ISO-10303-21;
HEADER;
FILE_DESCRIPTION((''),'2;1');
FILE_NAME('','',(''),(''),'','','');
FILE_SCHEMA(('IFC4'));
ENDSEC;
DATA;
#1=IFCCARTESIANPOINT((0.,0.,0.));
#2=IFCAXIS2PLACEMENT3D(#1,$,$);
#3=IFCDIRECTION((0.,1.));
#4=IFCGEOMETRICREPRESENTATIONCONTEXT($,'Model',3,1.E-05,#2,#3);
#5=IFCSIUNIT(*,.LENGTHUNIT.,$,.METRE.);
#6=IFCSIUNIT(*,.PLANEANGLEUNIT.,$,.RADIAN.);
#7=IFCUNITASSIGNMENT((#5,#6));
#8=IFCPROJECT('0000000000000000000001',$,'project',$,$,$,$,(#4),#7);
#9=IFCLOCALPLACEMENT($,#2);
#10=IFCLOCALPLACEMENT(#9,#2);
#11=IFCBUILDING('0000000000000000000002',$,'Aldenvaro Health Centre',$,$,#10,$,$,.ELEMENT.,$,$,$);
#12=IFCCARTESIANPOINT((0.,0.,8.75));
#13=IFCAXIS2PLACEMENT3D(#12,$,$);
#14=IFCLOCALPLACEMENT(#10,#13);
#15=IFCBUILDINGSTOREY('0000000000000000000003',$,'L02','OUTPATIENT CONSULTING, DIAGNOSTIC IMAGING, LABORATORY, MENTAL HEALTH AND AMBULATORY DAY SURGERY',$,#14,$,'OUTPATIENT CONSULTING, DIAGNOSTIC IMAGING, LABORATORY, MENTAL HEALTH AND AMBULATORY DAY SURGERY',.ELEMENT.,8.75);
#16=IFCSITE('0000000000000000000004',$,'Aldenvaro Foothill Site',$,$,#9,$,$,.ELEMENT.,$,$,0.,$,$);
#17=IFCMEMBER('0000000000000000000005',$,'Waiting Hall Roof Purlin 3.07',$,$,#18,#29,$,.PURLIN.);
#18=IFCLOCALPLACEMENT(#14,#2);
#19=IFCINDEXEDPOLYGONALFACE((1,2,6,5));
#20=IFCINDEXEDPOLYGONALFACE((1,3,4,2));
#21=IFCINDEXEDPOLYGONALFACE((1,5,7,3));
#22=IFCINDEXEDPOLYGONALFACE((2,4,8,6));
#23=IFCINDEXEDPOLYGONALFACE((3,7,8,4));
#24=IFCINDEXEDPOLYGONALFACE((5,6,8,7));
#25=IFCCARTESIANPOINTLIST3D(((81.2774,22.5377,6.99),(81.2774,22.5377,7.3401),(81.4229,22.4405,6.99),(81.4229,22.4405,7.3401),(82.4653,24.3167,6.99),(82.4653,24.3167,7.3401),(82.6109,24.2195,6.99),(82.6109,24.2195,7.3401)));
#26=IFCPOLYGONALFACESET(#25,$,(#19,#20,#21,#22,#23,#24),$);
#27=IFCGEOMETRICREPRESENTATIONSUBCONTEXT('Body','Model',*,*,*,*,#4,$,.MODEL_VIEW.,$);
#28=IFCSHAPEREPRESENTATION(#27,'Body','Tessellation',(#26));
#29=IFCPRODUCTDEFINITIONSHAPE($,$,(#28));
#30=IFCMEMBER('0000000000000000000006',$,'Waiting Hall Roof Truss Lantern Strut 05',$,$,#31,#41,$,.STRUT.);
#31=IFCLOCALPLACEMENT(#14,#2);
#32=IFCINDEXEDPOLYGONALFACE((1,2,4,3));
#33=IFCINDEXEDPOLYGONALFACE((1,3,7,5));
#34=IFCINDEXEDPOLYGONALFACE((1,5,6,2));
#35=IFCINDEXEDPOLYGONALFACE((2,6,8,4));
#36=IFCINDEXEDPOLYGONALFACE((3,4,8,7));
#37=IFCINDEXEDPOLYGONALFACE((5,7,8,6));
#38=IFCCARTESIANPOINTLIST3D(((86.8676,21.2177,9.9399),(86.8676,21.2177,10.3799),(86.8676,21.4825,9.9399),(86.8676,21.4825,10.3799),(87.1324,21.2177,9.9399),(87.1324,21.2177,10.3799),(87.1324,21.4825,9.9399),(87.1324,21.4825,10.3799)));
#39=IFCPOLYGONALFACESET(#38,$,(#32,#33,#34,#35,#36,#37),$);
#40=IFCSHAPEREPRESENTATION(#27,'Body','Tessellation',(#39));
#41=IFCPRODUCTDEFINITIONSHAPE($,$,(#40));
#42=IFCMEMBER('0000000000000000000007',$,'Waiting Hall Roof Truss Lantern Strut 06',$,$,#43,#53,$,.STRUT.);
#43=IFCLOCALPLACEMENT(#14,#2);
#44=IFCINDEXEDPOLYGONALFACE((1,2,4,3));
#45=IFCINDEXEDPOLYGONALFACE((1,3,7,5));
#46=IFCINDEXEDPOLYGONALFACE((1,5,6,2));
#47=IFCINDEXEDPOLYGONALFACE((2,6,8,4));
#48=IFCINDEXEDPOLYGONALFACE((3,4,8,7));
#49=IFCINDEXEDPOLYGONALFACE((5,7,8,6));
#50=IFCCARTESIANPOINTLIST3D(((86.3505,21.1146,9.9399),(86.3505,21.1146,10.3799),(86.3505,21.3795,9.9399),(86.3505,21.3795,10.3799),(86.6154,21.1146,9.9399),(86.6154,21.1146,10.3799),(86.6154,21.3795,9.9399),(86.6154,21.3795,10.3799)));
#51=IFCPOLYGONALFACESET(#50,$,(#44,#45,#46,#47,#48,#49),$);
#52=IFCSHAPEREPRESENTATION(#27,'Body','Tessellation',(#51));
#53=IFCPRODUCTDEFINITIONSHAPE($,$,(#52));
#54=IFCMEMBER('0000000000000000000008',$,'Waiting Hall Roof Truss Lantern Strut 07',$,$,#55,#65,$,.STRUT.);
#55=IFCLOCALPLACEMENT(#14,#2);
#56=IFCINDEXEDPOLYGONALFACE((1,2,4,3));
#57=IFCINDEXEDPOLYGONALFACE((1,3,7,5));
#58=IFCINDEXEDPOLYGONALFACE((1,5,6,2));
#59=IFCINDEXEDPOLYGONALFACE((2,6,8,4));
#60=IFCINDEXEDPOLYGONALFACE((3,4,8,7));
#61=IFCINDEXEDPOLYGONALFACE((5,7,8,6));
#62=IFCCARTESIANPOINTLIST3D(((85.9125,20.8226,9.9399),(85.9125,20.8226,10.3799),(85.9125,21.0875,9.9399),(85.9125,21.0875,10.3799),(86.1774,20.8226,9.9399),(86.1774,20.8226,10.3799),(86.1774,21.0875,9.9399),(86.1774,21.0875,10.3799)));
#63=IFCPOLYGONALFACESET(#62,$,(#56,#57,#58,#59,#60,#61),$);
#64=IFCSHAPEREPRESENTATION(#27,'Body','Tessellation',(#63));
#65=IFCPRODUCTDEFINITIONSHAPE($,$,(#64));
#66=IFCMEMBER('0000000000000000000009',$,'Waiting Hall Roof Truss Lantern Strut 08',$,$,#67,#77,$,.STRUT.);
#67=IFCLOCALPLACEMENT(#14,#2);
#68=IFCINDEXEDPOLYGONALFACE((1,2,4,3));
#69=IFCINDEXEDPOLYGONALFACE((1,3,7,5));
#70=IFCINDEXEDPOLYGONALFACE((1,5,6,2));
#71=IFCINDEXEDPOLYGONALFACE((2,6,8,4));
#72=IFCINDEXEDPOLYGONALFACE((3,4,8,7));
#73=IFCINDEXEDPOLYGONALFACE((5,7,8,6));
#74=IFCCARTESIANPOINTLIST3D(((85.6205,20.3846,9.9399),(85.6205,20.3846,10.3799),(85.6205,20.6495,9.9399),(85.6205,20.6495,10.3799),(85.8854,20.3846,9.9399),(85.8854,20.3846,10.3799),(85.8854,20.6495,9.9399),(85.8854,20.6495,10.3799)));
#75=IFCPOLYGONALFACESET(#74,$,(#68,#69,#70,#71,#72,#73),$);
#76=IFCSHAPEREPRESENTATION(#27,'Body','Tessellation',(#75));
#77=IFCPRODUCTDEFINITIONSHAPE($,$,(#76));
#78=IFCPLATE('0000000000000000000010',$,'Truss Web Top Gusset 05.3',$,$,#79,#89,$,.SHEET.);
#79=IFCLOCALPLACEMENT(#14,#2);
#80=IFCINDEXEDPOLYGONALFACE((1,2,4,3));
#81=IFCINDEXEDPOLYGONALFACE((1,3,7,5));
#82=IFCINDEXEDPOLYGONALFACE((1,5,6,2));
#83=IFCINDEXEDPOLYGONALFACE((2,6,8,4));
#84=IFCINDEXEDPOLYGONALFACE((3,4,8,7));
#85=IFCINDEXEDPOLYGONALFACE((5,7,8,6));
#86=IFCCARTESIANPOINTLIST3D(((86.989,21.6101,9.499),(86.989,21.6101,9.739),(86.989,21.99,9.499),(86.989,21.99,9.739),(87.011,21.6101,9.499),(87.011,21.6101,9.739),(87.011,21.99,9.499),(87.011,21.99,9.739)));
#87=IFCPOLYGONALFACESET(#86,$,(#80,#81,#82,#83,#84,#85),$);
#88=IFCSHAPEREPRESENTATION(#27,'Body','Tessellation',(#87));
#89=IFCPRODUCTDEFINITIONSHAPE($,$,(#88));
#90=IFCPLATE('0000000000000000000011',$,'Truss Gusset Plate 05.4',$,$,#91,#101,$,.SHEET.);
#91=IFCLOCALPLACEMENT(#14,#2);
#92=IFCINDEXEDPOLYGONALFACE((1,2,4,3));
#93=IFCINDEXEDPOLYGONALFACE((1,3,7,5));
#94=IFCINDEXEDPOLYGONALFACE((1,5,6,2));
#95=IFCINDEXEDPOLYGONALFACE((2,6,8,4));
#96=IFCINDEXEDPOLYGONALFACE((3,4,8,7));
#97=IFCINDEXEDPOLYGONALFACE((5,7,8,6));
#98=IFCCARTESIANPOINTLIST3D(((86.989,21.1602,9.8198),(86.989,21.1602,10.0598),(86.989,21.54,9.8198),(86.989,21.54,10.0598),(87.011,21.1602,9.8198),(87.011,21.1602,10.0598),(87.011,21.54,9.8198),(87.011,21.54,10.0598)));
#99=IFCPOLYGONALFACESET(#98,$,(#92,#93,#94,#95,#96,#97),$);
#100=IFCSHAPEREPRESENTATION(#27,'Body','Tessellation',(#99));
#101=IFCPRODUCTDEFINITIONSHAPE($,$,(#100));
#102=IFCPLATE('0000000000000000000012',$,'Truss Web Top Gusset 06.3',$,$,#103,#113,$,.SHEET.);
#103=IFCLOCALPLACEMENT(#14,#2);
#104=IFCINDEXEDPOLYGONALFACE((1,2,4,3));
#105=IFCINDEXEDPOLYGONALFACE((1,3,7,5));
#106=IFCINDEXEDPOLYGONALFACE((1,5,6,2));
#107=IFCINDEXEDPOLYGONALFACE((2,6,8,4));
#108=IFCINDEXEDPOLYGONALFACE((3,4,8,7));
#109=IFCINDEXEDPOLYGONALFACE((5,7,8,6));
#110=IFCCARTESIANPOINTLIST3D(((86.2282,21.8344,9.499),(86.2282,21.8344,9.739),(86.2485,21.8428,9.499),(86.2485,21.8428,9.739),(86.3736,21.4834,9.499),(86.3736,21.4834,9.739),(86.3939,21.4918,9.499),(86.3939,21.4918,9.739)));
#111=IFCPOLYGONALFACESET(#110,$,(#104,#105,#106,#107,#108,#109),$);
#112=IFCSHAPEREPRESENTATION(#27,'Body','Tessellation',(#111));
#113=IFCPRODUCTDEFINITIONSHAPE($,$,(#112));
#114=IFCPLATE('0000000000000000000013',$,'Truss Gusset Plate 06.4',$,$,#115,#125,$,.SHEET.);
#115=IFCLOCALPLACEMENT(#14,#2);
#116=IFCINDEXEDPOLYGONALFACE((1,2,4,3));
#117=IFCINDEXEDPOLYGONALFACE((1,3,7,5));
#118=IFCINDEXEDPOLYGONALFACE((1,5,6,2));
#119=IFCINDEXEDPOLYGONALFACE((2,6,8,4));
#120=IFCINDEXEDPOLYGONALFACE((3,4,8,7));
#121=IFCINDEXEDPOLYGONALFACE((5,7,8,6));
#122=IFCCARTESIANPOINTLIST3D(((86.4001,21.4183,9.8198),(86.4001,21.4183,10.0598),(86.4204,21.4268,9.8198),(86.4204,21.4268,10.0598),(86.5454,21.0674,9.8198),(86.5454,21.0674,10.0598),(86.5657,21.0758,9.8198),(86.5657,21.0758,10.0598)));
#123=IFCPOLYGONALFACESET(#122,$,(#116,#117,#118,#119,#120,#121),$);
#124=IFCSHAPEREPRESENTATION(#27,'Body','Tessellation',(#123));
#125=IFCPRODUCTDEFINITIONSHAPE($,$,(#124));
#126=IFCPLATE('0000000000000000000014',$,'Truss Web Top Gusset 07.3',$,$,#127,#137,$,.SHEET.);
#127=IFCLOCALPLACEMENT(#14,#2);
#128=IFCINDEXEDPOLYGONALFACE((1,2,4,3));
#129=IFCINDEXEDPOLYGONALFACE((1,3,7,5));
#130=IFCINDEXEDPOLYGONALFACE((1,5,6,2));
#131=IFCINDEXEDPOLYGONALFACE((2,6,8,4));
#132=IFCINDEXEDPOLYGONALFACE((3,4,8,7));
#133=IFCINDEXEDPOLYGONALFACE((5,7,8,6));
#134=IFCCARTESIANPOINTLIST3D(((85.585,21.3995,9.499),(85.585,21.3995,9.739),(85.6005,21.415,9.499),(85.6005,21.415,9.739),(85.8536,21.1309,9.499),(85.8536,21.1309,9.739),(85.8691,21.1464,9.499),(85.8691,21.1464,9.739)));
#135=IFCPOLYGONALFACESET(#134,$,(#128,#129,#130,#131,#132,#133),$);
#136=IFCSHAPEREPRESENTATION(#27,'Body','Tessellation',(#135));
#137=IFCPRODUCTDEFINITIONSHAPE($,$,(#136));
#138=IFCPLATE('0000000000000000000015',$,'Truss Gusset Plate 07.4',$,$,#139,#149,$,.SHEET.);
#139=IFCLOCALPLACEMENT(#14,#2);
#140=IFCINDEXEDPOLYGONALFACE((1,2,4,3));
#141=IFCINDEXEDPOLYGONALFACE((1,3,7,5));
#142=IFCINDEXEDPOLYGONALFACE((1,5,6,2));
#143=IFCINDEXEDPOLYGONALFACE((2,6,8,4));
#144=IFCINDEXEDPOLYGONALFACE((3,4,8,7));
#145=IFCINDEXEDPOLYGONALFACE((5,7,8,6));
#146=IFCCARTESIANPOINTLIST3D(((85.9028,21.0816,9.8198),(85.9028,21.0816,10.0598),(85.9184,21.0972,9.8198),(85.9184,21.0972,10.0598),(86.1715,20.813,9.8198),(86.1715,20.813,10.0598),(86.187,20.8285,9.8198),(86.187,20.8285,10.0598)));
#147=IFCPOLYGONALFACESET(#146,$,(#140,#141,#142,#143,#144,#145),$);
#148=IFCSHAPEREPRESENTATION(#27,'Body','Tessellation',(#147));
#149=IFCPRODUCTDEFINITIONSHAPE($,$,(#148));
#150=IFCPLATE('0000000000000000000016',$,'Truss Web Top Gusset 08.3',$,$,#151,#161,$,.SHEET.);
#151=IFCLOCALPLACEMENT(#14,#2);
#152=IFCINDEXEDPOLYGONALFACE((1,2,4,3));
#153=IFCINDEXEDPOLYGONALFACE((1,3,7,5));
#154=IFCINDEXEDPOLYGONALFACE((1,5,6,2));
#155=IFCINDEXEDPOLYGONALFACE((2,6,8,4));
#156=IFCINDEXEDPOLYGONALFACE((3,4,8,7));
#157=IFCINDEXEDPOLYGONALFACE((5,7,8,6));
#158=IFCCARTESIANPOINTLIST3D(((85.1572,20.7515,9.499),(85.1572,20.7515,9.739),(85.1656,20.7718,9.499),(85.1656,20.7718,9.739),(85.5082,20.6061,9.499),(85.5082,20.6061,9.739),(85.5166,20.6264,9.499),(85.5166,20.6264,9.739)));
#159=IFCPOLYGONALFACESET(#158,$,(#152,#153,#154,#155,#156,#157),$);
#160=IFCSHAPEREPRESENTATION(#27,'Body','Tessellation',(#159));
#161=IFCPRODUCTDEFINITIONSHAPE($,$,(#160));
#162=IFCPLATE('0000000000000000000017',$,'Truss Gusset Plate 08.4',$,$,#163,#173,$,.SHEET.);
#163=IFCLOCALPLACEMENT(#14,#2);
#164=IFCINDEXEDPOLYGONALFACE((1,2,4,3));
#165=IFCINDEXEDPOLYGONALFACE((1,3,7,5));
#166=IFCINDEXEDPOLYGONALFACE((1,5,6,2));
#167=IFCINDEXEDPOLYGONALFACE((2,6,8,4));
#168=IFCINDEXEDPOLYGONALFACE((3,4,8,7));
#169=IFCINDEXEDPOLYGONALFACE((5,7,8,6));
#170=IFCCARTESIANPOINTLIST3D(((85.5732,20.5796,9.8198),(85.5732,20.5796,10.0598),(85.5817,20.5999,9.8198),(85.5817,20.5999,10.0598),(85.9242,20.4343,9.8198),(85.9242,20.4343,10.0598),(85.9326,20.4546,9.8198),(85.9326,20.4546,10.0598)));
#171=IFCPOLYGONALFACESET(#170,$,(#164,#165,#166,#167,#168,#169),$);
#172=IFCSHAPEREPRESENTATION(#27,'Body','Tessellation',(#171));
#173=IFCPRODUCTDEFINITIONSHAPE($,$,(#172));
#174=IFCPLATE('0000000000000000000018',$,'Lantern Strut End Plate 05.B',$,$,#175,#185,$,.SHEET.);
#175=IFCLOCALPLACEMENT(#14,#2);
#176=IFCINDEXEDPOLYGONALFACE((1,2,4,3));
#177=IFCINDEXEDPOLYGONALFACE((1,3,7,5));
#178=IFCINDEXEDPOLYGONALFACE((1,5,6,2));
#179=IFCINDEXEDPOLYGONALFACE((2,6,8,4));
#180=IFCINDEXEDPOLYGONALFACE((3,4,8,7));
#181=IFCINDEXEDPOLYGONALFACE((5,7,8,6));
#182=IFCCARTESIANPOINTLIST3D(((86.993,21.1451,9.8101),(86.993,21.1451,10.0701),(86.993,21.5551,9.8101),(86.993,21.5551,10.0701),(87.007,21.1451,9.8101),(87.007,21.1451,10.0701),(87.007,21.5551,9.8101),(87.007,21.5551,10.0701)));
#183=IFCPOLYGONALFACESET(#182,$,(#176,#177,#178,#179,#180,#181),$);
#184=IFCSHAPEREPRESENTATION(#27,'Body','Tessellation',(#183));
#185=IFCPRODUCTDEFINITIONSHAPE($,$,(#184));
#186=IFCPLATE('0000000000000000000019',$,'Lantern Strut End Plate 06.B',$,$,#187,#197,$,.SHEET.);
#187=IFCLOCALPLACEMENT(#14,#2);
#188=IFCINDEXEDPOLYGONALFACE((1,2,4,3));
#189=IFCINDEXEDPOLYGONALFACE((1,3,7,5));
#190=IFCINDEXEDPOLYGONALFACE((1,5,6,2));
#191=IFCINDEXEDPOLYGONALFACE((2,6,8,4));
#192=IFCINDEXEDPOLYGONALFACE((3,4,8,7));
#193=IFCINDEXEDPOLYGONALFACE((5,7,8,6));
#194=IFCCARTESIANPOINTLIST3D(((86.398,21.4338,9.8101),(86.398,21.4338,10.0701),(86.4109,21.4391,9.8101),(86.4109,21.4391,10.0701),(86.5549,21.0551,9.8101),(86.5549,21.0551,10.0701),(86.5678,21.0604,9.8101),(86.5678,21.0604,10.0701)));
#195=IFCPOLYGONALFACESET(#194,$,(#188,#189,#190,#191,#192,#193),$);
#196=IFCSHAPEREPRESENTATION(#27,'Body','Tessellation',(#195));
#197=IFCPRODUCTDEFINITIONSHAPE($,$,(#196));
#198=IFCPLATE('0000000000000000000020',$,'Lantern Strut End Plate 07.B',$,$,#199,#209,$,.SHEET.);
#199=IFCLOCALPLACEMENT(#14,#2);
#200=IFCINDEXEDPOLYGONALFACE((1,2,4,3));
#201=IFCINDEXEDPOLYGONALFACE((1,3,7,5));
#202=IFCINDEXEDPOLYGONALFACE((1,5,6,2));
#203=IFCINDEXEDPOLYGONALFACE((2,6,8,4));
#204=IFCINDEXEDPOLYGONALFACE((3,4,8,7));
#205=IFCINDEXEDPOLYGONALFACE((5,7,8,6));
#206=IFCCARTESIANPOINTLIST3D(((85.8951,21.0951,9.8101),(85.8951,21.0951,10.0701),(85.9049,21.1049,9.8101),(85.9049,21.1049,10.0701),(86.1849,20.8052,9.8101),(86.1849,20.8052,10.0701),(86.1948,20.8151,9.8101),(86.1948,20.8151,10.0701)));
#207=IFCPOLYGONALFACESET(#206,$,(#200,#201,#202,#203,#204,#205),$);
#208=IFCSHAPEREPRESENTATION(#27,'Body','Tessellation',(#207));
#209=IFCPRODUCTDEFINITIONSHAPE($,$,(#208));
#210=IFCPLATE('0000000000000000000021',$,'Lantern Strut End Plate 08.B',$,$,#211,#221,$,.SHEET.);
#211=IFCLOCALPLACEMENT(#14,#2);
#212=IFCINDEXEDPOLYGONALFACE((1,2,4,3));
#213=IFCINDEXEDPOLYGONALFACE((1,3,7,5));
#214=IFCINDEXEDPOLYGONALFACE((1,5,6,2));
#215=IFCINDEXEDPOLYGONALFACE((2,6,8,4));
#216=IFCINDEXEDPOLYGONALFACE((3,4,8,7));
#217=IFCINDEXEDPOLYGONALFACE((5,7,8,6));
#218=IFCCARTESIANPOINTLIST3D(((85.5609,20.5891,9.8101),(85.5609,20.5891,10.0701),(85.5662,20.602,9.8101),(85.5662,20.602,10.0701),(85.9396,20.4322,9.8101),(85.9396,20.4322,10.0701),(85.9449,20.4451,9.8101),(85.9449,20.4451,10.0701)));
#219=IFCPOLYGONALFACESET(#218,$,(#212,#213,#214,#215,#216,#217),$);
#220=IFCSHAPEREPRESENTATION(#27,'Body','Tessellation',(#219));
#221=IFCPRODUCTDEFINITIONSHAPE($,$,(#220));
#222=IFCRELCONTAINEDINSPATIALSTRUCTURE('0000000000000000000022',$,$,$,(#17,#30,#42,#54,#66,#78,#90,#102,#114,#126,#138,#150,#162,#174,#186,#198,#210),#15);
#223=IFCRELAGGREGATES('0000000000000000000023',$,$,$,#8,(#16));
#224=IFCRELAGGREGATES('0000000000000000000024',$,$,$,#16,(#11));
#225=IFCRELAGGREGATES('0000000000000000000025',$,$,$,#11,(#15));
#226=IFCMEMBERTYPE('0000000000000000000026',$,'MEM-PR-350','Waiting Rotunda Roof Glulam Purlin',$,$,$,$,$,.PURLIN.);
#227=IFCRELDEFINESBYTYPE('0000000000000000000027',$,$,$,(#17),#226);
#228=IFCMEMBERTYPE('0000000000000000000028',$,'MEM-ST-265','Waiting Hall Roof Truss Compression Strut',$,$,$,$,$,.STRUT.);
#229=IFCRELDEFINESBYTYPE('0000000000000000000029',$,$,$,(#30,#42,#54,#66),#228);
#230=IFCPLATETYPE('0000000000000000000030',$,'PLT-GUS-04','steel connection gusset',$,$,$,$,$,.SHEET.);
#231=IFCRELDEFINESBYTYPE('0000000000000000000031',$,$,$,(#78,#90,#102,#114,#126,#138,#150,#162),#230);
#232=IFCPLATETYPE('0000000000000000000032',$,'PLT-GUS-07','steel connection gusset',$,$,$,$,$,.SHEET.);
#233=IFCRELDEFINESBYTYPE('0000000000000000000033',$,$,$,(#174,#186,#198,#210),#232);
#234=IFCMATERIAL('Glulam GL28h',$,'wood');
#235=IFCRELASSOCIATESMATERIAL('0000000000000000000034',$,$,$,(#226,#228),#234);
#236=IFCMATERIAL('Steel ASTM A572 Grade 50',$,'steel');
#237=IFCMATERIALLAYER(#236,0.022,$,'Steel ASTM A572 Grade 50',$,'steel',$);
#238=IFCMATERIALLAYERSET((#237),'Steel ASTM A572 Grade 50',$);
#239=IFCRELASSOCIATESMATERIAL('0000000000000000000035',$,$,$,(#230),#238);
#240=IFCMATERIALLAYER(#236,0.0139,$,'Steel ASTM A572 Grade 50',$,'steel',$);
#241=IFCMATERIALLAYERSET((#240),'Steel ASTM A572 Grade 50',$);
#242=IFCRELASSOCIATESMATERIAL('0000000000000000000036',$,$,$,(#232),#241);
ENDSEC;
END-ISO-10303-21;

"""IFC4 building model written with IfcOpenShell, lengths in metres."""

from ifc_helpers import new_model, si_unit, direction, frame, origin, origin_2d, place, context, subcontext, project, spatial, rectangle, extrude, material, layer, layer_set, material_profile, profile_set, type_object, element, save


model = new_model("IFC4")

# Units and contexts
model_context = context("Model", 3, precision=1e-05, world=origin(), true_north=direction((0.0, 1.0)))
body_context = subcontext(model_context, "Body", "Model", "MODEL_VIEW")
ifc_project = project(units=[si_unit("LENGTHUNIT", "METRE"), si_unit("PLANEANGLEUNIT", "RADIAN")], contexts=[model_context])

# Site, building, storey
site_placement = place(None, origin())
site = spatial("IfcSite", under=ifc_project, at=site_placement, Name="Aldenvaro Foothill Site", CompositionType="ELEMENT", RefElevation=0.0)
building_placement = place(site_placement, origin())
building = spatial("IfcBuilding", under=site, at=building_placement, Name="Aldenvaro Health Centre", CompositionType="ELEMENT")
storey_placement = place(building_placement, frame((0.0, 0.0, 8.75)))
storey = spatial("IfcBuildingStorey", under=building, at=storey_placement, Name="L02", Description="OUTPATIENT CONSULTING, DIAGNOSTIC IMAGING, LABORATORY, MENTAL HEALTH AND AMBULATORY DAY SURGERY", LongName="OUTPATIENT CONSULTING, DIAGNOSTIC IMAGING, LABORATORY, MENTAL HEALTH AND AMBULATORY DAY SURGERY", CompositionType="ELEMENT", Elevation=8.75)

# Members
ifc_material_1 = material(Name="Glulam GL28h", Category="wood")
ifc_material_profile_1 = material_profile(ifc_material_1, rectangle(XDim=0.175, YDim=0.3501, at=origin_2d()), Name="GL 175x350", Category="wood")
ifc_profile_set_1 = profile_set([ifc_material_profile_1], Name="Glulam GL28h")
member_type_1 = type_object("IfcMemberType", Name="MEM-PR-350", Description="Waiting Rotunda Roof Glulam Purlin", PredefinedType="PURLIN", material=ifc_profile_set_1)
member_placement = place(storey_placement, frame((82.5381, 24.2681, 7.165), z_axis=(-0.555332, -0.831629, 0.0), x_axis=(0.831629, -0.555332, 0.0)))
element("IfcMember", 1, at=member_placement, inside=storey, type_object=member_type_1, Name="Waiting Hall Roof Purlin 3.07", PredefinedType="PURLIN", context=body_context, shape_type="SweptSolid", body=[
    extrude(rectangle(XDim=0.175, YDim=0.3501, at=origin_2d()), origin(), (0.0, 0.0, 1.0), 2.1392),
])
ifc_material_profile_2 = material_profile(ifc_material_1, rectangle(XDim=0.2649, YDim=0.2649, at=origin_2d()), Name="GL 265x265", Category="wood")
ifc_profile_set_2 = profile_set([ifc_material_profile_2], Name="Glulam GL28h")
member_type_2 = type_object("IfcMemberType", Name="MEM-ST-265", Description="Waiting Hall Roof Truss Compression Strut", PredefinedType="STRUT", material=ifc_profile_set_2)
for number, where, z_axis, x_axis, name in (
    (2, (87.0, 21.3501, 9.9399), (0.0, 0.0, 1.0), (1.0, 0.0, 0.0), "Waiting Hall Roof Truss Lantern Strut 05"),
    (3, (86.4829, 21.2471, 9.9399), (0.0, 0.0, 1.0), (1.0, 0.0, 0.0), "Waiting Hall Roof Truss Lantern Strut 06"),
    (4, (86.0449, 20.9551, 9.9399), (0.0, 0.0, 1.0), (1.0, 0.0, 0.0), "Waiting Hall Roof Truss Lantern Strut 07"),
    (5, (85.7529, 20.5171, 9.9399), (0.0, 0.0, 1.0), (1.0, 0.0, 0.0), "Waiting Hall Roof Truss Lantern Strut 08"),
):
    element("IfcMember", number, at=place(storey_placement, frame(where, z_axis=z_axis, x_axis=x_axis)), inside=storey, type_object=member_type_2, Name=name, PredefinedType="STRUT", context=body_context, shape_type="SweptSolid", body=[
        extrude(rectangle(XDim=0.2649, YDim=0.2649, at=origin_2d()), origin(), (0.0, 0.0, 1.0), 0.4399),
    ])

# Plates
ifc_material_2 = material(Name="Steel ASTM A572 Grade 50", Category="steel")
ifc_layer_1 = layer(ifc_material_2, 0.022, Name="Steel ASTM A572 Grade 50", Category="steel")
ifc_layer_set_1 = layer_set([ifc_layer_1], Name="Steel ASTM A572 Grade 50")
plate_type_1 = type_object("IfcPlateType", Name="PLT-GUS-04", Description="steel connection gusset", PredefinedType="SHEET", material=ifc_layer_set_1)
for number, where, z_axis, x_axis, name in (
    (6, (87.0, 21.8, 9.499), (0.0, 0.0, 1.0), (0.0, 1.0, 0.0), "Truss Web Top Gusset 05.3"),
    (7, (87.0, 21.3501, 9.8198), (0.0, 0.0, 1.0), (0.0, 1.0, 0.0), "Truss Gusset Plate 05.4"),
    (8, (86.311, 21.6631, 9.499), (0.0, 0.0, 1.0), (-0.382683, 0.92388, 0.0), "Truss Web Top Gusset 06.3"),
    (9, (86.4829, 21.2471, 9.8198), (0.0, 0.0, 1.0), (-0.382683, 0.92388, 0.0), "Truss Gusset Plate 06.4"),
    (10, (85.7271, 21.2729, 9.499), (0.0, 0.0, 1.0), (-0.707107, 0.707107, 0.0), "Truss Web Top Gusset 07.3"),
    (11, (86.0449, 20.9551, 9.8198), (0.0, 0.0, 1.0), (-0.707107, 0.707107, 0.0), "Truss Gusset Plate 07.4"),
    (12, (85.3369, 20.689, 9.499), (0.0, 0.0, 1.0), (-0.92388, 0.382683, 0.0), "Truss Web Top Gusset 08.3"),
    (13, (85.7529, 20.5171, 9.8198), (0.0, 0.0, 1.0), (-0.92388, 0.382683, 0.0), "Truss Gusset Plate 08.4"),
):
    element("IfcPlate", number, at=place(storey_placement, frame(where, z_axis=z_axis, x_axis=x_axis)), inside=storey, type_object=plate_type_1, Name=name, PredefinedType="SHEET", context=body_context, shape_type="SweptSolid", body=[
        extrude(rectangle(XDim=0.3799, YDim=0.022, at=origin_2d()), origin(), (0.0, 0.0, 1.0), 0.24),
    ])
ifc_layer_2 = layer(ifc_material_2, 0.0139, Name="Steel ASTM A572 Grade 50", Category="steel")
ifc_layer_set_2 = layer_set([ifc_layer_2], Name="Steel ASTM A572 Grade 50")
plate_type_2 = type_object("IfcPlateType", Name="PLT-GUS-07", Description="steel connection gusset", PredefinedType="SHEET", material=ifc_layer_set_2)
for number, where, z_axis, x_axis, name in (
    (14, (87.0, 21.3501, 9.8101), (0.0, 0.0, 1.0), (0.0, 1.0, 0.0), "Lantern Strut End Plate 05.B"),
    (15, (86.4829, 21.2471, 9.8101), (0.0, 0.0, 1.0), (-0.382683, 0.92388, 0.0), "Lantern Strut End Plate 06.B"),
    (16, (86.0449, 20.9551, 9.8101), (0.0, 0.0, 1.0), (-0.707107, 0.707107, 0.0), "Lantern Strut End Plate 07.B"),
    (17, (85.7529, 20.5171, 9.8101), (0.0, 0.0, 1.0), (-0.92388, 0.382683, 0.0), "Lantern Strut End Plate 08.B"),
):
    element("IfcPlate", number, at=place(storey_placement, frame(where, z_axis=z_axis, x_axis=x_axis)), inside=storey, type_object=plate_type_2, Name=name, PredefinedType="SHEET", context=body_context, shape_type="SweptSolid", body=[
        extrude(rectangle(XDim=0.4099, YDim=0.0139, at=origin_2d()), origin(), (0.0, 0.0, 1.0), 0.26),
    ])

save(model, "model.ifc")
